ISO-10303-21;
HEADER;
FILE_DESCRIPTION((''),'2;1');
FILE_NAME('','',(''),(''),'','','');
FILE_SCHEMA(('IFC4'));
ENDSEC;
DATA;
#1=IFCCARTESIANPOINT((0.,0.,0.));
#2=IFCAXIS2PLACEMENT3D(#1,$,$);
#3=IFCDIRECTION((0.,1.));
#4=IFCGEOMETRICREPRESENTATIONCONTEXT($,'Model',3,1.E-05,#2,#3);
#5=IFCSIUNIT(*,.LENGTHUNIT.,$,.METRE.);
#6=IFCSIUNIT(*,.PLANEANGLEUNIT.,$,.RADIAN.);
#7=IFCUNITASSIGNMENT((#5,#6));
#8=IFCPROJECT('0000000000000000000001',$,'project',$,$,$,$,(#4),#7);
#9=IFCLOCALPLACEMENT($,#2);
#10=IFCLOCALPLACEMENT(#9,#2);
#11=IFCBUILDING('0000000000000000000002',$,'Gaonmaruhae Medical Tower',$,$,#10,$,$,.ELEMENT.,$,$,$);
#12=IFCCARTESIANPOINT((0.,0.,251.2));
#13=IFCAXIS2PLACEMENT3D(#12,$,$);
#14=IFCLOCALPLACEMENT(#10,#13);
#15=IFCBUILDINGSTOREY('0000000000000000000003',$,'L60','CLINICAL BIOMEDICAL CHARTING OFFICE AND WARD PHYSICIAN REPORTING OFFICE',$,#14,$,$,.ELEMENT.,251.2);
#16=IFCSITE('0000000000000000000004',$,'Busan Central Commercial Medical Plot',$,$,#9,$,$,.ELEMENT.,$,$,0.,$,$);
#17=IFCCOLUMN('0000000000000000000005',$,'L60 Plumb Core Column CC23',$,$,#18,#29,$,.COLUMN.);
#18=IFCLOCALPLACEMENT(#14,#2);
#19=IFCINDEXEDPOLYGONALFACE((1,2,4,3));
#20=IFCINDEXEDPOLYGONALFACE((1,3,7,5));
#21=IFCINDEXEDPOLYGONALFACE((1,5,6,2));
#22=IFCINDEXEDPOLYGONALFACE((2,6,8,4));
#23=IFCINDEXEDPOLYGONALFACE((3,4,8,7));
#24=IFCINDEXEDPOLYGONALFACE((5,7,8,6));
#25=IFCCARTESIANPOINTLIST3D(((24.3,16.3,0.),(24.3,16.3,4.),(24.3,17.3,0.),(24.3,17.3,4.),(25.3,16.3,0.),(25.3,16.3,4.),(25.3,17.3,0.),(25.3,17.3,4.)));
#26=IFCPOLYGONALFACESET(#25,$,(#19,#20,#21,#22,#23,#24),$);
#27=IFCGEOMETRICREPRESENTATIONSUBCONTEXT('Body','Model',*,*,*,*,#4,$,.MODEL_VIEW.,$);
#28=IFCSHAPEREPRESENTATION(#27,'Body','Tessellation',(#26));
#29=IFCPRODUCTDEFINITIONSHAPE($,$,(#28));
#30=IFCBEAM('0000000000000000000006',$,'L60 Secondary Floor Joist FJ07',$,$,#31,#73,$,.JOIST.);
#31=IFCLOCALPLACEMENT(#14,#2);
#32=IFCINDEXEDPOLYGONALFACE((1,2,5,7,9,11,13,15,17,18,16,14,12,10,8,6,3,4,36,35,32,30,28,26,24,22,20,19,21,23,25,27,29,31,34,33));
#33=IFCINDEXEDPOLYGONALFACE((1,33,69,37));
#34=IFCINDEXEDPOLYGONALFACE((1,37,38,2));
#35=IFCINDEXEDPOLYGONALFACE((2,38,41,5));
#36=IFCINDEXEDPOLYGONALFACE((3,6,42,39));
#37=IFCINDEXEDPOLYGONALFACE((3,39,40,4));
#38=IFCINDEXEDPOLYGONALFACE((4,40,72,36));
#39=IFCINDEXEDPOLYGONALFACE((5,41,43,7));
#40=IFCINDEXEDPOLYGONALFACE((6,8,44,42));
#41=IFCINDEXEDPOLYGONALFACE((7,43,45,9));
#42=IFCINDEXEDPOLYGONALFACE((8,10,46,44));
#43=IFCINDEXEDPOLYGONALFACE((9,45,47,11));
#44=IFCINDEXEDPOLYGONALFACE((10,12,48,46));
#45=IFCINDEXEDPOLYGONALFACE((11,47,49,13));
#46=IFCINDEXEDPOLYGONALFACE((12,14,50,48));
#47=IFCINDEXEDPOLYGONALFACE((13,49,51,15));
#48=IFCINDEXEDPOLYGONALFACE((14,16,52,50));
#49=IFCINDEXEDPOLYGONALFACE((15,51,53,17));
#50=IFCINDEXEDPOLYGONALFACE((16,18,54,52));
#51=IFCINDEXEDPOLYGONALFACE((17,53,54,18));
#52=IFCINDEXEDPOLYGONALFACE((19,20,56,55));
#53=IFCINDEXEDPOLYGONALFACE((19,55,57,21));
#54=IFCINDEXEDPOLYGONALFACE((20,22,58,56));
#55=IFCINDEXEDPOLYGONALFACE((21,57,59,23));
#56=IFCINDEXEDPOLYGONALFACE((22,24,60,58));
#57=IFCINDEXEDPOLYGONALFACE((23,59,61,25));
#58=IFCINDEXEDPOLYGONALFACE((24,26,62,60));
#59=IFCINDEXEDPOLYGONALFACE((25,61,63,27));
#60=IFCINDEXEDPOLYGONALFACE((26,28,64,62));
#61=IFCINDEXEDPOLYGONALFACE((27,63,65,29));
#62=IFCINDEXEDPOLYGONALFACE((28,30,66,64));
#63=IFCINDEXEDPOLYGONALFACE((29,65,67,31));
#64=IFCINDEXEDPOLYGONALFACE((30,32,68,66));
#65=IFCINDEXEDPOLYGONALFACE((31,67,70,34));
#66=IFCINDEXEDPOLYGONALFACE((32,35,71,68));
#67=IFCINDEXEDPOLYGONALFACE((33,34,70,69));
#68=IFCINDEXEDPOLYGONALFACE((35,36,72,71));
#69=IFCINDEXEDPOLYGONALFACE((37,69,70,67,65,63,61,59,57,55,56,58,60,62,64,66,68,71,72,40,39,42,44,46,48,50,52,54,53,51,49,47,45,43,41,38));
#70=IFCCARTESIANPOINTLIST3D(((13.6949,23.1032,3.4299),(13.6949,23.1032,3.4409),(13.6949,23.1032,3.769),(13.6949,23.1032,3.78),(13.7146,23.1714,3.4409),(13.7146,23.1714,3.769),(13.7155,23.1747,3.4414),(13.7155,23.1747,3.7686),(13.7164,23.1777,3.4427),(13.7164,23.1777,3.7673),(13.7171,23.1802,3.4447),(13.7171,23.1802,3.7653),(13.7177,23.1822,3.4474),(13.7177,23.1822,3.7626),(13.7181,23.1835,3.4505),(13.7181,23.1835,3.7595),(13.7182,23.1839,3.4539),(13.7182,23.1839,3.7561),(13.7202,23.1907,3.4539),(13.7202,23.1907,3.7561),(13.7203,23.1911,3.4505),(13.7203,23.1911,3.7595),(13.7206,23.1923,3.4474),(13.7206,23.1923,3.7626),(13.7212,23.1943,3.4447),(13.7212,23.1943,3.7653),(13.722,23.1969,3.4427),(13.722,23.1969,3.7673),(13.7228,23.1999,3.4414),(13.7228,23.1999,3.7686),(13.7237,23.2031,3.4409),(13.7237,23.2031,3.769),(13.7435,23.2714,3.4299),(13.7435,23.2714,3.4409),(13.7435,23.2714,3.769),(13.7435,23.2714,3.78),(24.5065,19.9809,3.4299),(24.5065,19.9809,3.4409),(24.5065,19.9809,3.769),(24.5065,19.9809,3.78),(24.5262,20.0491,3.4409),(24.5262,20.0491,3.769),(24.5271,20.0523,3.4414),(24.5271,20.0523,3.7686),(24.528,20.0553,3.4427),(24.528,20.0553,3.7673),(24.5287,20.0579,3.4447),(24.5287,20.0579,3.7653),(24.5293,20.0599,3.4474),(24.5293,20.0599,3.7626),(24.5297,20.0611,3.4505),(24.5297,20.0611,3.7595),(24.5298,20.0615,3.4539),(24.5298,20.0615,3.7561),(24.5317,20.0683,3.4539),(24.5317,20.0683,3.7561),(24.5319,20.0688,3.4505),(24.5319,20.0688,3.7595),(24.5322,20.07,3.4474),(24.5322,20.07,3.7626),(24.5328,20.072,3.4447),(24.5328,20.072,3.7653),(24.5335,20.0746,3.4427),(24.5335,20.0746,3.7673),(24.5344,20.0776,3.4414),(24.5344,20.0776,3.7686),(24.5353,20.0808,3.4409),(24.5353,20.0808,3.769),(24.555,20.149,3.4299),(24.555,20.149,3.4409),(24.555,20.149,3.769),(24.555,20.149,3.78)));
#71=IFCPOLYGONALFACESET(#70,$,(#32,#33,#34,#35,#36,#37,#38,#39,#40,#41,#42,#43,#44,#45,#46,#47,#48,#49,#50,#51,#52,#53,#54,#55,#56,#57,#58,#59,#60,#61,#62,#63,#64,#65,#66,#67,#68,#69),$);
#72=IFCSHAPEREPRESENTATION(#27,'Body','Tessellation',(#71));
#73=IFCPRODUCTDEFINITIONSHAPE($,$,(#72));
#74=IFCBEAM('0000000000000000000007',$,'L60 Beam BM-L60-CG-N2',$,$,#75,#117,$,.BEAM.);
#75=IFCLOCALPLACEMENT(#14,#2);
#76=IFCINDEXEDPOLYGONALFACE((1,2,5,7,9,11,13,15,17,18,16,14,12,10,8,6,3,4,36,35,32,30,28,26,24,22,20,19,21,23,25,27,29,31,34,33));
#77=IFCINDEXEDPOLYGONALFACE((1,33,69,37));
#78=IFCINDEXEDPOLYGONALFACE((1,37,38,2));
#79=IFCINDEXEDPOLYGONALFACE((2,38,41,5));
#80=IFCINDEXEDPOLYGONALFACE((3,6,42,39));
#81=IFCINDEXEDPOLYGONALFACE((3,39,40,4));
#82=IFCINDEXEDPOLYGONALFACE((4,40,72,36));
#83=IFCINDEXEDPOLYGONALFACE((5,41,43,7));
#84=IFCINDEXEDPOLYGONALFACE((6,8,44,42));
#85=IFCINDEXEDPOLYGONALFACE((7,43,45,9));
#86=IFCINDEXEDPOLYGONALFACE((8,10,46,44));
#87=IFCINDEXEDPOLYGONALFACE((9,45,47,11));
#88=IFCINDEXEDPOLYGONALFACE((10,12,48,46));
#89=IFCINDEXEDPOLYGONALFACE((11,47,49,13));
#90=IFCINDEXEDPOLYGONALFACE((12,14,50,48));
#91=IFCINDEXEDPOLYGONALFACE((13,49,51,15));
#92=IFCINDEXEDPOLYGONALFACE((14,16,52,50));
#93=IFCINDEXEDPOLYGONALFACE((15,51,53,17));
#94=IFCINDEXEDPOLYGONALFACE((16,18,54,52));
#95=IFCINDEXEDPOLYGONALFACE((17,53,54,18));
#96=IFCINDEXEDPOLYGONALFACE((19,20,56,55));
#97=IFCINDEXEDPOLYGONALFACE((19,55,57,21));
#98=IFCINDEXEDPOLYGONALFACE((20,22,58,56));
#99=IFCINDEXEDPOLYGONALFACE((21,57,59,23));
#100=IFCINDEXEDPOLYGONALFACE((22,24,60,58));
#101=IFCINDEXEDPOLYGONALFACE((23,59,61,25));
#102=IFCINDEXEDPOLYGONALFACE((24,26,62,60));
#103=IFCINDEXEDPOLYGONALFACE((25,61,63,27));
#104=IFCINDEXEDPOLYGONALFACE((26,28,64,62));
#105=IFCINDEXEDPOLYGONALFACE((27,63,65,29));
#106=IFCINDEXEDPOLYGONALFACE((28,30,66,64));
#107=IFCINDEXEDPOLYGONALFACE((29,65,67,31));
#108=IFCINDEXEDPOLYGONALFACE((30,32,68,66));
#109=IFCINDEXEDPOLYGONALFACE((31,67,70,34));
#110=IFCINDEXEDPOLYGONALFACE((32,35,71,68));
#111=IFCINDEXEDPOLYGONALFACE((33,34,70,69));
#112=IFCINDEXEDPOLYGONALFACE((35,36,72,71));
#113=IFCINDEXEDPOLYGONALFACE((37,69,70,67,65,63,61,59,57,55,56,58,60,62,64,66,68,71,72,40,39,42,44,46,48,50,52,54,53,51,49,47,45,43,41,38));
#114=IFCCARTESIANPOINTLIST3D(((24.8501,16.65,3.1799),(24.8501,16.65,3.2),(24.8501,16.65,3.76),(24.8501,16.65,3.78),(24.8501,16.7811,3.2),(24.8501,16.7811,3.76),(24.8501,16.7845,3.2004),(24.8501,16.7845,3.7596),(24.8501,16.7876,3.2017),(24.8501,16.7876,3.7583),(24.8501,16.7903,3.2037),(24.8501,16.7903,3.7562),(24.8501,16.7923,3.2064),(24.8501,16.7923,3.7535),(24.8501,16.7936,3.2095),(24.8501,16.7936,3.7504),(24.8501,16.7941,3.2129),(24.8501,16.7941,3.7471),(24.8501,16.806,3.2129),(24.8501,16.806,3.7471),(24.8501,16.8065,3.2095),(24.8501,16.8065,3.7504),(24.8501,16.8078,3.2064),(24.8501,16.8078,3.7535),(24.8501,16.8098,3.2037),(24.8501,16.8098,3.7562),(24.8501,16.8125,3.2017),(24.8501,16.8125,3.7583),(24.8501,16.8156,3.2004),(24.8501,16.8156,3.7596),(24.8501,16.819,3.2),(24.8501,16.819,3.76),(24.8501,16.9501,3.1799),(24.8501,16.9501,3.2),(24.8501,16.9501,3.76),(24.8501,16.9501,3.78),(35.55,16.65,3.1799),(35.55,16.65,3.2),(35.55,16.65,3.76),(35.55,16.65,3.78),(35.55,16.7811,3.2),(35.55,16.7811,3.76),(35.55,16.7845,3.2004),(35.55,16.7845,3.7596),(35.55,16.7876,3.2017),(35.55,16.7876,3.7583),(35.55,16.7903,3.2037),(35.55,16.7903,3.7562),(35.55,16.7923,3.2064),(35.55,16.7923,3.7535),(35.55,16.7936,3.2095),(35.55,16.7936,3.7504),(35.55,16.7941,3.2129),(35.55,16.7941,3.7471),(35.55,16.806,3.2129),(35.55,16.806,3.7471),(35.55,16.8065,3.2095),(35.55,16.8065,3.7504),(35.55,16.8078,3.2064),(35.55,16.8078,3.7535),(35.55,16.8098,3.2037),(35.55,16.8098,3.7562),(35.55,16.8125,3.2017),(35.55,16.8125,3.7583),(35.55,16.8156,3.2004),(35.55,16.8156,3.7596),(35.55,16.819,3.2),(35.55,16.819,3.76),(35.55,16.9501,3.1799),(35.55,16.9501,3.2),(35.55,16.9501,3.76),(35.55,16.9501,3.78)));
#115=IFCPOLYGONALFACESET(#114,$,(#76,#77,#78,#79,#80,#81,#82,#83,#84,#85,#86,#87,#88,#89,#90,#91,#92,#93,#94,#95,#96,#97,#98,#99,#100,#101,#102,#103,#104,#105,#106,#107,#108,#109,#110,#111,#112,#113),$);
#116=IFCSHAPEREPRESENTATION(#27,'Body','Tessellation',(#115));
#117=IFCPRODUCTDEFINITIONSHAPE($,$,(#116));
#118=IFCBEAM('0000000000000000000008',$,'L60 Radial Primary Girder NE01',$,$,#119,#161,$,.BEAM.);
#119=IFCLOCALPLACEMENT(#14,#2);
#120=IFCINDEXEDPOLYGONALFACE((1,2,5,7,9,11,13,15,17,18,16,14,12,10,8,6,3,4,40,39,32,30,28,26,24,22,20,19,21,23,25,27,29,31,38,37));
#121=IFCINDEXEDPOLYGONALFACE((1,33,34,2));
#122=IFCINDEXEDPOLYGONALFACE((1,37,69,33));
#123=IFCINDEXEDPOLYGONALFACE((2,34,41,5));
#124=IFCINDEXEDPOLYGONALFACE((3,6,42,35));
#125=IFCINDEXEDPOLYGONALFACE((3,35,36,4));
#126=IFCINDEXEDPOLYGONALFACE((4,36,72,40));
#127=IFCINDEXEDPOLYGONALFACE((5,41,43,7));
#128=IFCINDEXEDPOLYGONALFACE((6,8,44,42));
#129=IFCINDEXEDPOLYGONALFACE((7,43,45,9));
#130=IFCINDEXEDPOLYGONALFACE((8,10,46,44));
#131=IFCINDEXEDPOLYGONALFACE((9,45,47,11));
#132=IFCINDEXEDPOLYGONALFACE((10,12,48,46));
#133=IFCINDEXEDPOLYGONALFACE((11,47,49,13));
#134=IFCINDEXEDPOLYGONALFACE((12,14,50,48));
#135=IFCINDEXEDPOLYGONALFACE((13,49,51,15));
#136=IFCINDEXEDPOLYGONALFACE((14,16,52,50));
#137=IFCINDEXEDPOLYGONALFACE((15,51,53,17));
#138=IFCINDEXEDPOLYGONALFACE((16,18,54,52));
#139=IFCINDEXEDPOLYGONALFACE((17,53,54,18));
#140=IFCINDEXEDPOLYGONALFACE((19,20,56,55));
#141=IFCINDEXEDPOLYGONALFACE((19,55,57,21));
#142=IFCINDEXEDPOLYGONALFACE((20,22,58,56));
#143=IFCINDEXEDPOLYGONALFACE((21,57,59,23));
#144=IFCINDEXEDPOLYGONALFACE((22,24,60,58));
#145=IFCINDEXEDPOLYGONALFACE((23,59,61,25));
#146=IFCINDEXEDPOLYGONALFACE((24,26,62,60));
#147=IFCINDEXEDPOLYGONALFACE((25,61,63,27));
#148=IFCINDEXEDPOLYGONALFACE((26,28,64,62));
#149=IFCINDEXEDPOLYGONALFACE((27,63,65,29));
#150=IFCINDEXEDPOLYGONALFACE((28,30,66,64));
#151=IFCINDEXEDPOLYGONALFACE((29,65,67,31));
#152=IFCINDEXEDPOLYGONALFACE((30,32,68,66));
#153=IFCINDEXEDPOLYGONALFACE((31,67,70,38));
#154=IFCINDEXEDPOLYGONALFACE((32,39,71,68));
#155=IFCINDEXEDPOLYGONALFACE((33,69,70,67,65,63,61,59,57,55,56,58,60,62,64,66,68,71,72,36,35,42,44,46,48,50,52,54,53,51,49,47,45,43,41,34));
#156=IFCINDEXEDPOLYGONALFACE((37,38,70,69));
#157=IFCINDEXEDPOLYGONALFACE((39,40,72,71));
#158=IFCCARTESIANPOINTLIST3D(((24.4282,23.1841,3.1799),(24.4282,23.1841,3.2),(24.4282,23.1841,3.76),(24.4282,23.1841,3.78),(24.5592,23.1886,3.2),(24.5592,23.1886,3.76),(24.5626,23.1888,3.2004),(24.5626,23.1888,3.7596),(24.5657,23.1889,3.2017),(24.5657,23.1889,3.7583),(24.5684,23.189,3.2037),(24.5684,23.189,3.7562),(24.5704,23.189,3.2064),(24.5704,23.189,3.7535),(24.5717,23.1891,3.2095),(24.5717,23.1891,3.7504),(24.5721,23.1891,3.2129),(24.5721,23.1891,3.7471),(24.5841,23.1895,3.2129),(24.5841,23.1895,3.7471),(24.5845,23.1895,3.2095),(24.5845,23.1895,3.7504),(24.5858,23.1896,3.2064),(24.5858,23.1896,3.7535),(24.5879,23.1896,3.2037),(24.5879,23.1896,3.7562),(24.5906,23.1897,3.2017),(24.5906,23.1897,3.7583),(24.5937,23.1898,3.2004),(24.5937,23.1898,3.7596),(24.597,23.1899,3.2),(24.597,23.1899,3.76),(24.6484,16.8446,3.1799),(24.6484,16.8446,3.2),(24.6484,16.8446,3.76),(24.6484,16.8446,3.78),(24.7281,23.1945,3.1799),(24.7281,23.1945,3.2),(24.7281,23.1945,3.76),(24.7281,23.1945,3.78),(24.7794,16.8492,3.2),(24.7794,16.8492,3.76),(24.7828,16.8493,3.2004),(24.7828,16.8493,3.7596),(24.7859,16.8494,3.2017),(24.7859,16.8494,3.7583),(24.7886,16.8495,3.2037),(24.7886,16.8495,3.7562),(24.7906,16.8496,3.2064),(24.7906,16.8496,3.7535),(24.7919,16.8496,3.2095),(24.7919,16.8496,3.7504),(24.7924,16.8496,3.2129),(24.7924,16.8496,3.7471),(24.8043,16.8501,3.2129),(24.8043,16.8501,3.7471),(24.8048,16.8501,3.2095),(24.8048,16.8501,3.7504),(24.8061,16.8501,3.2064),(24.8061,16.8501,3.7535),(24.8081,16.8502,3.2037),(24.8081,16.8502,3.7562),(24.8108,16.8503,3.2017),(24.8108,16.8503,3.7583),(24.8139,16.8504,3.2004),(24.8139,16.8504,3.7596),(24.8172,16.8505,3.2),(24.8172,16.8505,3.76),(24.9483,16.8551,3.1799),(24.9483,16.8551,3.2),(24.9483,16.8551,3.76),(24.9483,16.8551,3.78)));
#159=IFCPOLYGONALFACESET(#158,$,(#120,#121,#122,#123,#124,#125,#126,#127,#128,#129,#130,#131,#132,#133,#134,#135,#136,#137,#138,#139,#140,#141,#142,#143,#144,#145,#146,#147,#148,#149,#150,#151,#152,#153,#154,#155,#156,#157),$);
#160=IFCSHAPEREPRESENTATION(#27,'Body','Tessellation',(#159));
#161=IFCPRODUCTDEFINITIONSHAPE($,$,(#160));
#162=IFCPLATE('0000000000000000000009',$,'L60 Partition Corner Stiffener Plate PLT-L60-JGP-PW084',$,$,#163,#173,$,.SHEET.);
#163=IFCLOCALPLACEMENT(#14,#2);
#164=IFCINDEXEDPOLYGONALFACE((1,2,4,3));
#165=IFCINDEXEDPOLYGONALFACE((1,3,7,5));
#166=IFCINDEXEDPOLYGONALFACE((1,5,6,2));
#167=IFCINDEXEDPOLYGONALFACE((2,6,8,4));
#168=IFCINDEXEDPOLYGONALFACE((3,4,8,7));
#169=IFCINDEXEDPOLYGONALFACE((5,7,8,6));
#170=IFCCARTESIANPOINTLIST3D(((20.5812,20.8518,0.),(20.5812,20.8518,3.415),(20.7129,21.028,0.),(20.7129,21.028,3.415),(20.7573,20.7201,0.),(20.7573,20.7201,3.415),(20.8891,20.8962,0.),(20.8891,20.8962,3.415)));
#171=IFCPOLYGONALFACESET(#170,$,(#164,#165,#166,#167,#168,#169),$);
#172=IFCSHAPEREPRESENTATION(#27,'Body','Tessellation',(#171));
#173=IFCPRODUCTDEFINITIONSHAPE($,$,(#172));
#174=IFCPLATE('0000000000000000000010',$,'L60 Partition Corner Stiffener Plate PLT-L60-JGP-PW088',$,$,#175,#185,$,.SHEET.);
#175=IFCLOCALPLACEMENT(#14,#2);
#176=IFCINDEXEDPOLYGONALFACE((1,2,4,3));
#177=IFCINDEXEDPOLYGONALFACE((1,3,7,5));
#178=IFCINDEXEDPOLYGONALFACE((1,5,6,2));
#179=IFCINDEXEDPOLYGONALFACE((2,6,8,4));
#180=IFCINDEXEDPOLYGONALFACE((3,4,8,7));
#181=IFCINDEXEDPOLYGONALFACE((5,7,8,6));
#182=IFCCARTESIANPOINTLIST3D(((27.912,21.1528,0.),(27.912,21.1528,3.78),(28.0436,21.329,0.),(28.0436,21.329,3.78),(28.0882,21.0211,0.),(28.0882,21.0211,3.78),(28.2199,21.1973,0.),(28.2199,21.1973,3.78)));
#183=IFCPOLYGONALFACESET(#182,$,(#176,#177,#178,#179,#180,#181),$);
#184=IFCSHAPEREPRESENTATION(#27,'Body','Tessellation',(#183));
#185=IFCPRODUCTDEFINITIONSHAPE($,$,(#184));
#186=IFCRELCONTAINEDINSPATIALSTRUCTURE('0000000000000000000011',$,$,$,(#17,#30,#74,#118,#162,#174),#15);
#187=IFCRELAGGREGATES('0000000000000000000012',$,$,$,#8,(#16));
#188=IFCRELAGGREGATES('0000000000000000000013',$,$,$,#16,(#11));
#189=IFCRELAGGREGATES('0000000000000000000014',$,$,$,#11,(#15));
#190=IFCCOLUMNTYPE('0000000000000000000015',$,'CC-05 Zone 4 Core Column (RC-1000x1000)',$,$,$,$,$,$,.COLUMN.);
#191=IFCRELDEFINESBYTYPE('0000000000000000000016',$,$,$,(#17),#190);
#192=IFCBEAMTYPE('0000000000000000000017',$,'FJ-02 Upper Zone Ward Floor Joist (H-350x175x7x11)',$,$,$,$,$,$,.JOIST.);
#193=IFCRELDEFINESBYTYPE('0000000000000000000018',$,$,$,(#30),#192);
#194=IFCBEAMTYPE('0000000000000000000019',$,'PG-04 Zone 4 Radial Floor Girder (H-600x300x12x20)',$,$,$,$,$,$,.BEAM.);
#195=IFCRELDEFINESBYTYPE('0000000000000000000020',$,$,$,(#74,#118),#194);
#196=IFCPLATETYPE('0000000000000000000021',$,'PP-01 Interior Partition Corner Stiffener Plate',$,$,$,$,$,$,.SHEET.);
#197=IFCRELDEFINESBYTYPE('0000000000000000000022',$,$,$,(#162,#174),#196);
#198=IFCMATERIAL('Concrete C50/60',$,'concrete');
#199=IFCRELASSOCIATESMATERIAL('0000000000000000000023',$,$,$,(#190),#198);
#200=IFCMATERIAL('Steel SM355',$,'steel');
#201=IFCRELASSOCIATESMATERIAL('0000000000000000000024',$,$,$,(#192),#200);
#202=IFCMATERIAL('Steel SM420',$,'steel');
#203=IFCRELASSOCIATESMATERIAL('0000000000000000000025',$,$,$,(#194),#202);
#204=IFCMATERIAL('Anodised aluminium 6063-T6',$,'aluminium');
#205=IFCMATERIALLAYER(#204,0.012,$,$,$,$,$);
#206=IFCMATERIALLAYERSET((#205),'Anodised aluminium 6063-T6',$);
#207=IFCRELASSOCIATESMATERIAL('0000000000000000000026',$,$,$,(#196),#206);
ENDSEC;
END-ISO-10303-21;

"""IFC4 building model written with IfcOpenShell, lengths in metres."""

from ifc_helpers import new_model, si_unit, direction, frame, origin, origin_2d, place, context, subcontext, project, spatial, rectangle, i_section, extrude, material, layer, layer_set, material_profile, profile_set, type_object, element, save


model = new_model("IFC4")

# Units and contexts
model_context = context("Model", 3, precision=1e-05, world=origin(), true_north=direction((0.0, 1.0)))
body_context = subcontext(model_context, "Body", "Model", "MODEL_VIEW")
ifc_project = project(units=[si_unit("LENGTHUNIT", "METRE"), si_unit("PLANEANGLEUNIT", "RADIAN")], contexts=[model_context])

# Site, building, storey
site_placement = place(None, origin())
site = spatial("IfcSite", under=ifc_project, at=site_placement, Name="Busan Central Commercial Medical Plot", CompositionType="ELEMENT", RefElevation=0.0)
building_placement = place(site_placement, origin())
building = spatial("IfcBuilding", under=site, at=building_placement, Name="Gaonmaruhae Medical Tower", CompositionType="ELEMENT")
storey_placement = place(building_placement, frame((0.0, 0.0, 251.2)))
storey = spatial("IfcBuildingStorey", under=building, at=storey_placement, Name="L60", Description="CLINICAL BIOMEDICAL CHARTING OFFICE AND WARD PHYSICIAN REPORTING OFFICE", CompositionType="ELEMENT", Elevation=251.2)

# Column
ifc_material_1 = material(Name="Concrete C50/60", Category="concrete")
ifc_material_profile_1 = material_profile(ifc_material_1, rectangle(XDim=1.0, YDim=1.0, at=origin_2d()), Name="RC-1000x1000")
ifc_profile_set_1 = profile_set([ifc_material_profile_1], Name="Concrete C50/60")
column_type = type_object("IfcColumnType", Name="CC-05 Zone 4 Core Column (RC-1000x1000)", PredefinedType="COLUMN", material=ifc_profile_set_1)
column_placement = place(storey_placement, frame((24.8, 16.8, 0.0), z_axis=(0.0, 0.0, 1.0), x_axis=(1.0, 0.0, 0.0)))
element("IfcColumn", 1, at=column_placement, inside=storey, type_object=column_type, Name="L60 Plumb Core Column CC23", PredefinedType="COLUMN", context=body_context, shape_type="SweptSolid", body=[
    extrude(rectangle(XDim=1.0, YDim=1.0, at=origin_2d()), origin(), (0.0, 0.0, 1.0), 4.0),
])

# Beams
ifc_material_2 = material(Name="Steel SM355", Category="steel")
ifc_material_profile_2 = material_profile(ifc_material_2, i_section(OverallWidth=0.175, OverallDepth=0.3501, WebThickness=0.0071, FlangeThickness=0.011, FilletRadius=0.0129, at=origin_2d()), Name="H-350x175x7x11")
ifc_profile_set_2 = profile_set([ifc_material_profile_2], Name="Steel SM355")
beam_type_1 = type_object("IfcBeamType", Name="FJ-02 Upper Zone Ward Floor Joist (H-350x175x7x11)", PredefinedType="JOIST", material=ifc_profile_set_2)
beam_1_placement = place(storey_placement, frame((24.5308, 20.0649, 3.605), z_axis=(-0.960738, 0.277456, 0.0), x_axis=(-0.277456, -0.960738, 0.0)))
element("IfcBeam", 2, at=beam_1_placement, inside=storey, type_object=beam_type_1, Name="L60 Secondary Floor Joist FJ07", PredefinedType="JOIST", context=body_context, shape_type="SweptSolid", body=[
    extrude(i_section(OverallWidth=0.175, OverallDepth=0.3501, WebThickness=0.0071, FlangeThickness=0.011, FilletRadius=0.0129, at=origin_2d()), origin(), (0.0, 0.0, 1.0), 11.2534),
])
ifc_material_3 = material(Name="Steel SM420", Category="steel")
ifc_material_profile_3 = material_profile(ifc_material_3, i_section(OverallWidth=0.3, OverallDepth=0.6001, WebThickness=0.012, FlangeThickness=0.02, FilletRadius=0.0129, at=origin_2d()), Name="H-600x300x12x20")
ifc_profile_set_3 = profile_set([ifc_material_profile_3], Name="Steel SM420")
beam_type_2 = type_object("IfcBeamType", Name="PG-04 Zone 4 Radial Floor Girder (H-600x300x12x20)", PredefinedType="BEAM", material=ifc_profile_set_3)
beam_2_placement = place(storey_placement, frame((24.8501, 16.8, 3.48), z_axis=(1.0, 0.0, 0.0), x_axis=(0.0, 1.0, 0.0)))
element("IfcBeam", 3, at=beam_2_placement, inside=storey, type_object=beam_type_2, Name="L60 Beam BM-L60-CG-N2", PredefinedType="BEAM", context=body_context, shape_type="SweptSolid", body=[
    extrude(i_section(OverallWidth=0.3, OverallDepth=0.6001, WebThickness=0.012, FlangeThickness=0.02, FilletRadius=0.0129, at=origin_2d()), origin(), (0.0, 0.0, 1.0), 10.7),
])
beam_3_placement = place(storey_placement, frame((24.7983, 16.8499, 3.48), z_axis=(-0.034717, 0.999397, 0.0), x_axis=(-0.999397, -0.034717, 0.0)))
element("IfcBeam", 4, at=beam_3_placement, inside=storey, type_object=beam_type_2, Name="L60 Radial Primary Girder NE01", PredefinedType="BEAM", context=body_context, shape_type="SweptSolid", body=[
    extrude(i_section(OverallWidth=0.3, OverallDepth=0.6001, WebThickness=0.012, FlangeThickness=0.02, FilletRadius=0.0129, at=origin_2d()), origin(), (0.0, 0.0, 1.0), 6.3433),
])

# Plates
ifc_material_4 = material(Name="Anodised aluminium 6063-T6", Category="aluminium")
ifc_layer_1 = layer(ifc_material_4, 0.012)
ifc_layer_set_1 = layer_set([ifc_layer_1], Name="Anodised aluminium 6063-T6")
plate_type = type_object("IfcPlateType", Name="PP-01 Interior Partition Corner Stiffener Plate", PredefinedType="SHEET", material=ifc_layer_set_1)
plate_1_placement = place(storey_placement, frame((20.7351, 20.874, 0.0), z_axis=(0.0, 0.0, 1.0), x_axis=(-0.800731, 0.599024, 0.0)))
element("IfcPlate", 5, at=plate_1_placement, inside=storey, type_object=plate_type, Name="L60 Partition Corner Stiffener Plate PLT-L60-JGP-PW084", PredefinedType="SHEET", context=body_context, shape_type="SweptSolid", body=[
    extrude(rectangle(XDim=0.22, YDim=0.22, at=origin_2d()), origin(), (0.0, 0.0, 1.0), 3.415),
])
plate_2_placement = place(storey_placement, frame((28.0659, 21.175, 0.0), z_axis=(0.0, 0.0, 1.0), x_axis=(-0.59852, -0.801108, 0.0)))
element("IfcPlate", 6, at=plate_2_placement, inside=storey, type_object=plate_type, Name="L60 Partition Corner Stiffener Plate PLT-L60-JGP-PW088", PredefinedType="SHEET", context=body_context, shape_type="SweptSolid", body=[
    extrude(rectangle(XDim=0.22, YDim=0.22, at=origin_2d()), origin(), (0.0, 0.0, 1.0), 3.78),
])

save(model, "model.ifc")
